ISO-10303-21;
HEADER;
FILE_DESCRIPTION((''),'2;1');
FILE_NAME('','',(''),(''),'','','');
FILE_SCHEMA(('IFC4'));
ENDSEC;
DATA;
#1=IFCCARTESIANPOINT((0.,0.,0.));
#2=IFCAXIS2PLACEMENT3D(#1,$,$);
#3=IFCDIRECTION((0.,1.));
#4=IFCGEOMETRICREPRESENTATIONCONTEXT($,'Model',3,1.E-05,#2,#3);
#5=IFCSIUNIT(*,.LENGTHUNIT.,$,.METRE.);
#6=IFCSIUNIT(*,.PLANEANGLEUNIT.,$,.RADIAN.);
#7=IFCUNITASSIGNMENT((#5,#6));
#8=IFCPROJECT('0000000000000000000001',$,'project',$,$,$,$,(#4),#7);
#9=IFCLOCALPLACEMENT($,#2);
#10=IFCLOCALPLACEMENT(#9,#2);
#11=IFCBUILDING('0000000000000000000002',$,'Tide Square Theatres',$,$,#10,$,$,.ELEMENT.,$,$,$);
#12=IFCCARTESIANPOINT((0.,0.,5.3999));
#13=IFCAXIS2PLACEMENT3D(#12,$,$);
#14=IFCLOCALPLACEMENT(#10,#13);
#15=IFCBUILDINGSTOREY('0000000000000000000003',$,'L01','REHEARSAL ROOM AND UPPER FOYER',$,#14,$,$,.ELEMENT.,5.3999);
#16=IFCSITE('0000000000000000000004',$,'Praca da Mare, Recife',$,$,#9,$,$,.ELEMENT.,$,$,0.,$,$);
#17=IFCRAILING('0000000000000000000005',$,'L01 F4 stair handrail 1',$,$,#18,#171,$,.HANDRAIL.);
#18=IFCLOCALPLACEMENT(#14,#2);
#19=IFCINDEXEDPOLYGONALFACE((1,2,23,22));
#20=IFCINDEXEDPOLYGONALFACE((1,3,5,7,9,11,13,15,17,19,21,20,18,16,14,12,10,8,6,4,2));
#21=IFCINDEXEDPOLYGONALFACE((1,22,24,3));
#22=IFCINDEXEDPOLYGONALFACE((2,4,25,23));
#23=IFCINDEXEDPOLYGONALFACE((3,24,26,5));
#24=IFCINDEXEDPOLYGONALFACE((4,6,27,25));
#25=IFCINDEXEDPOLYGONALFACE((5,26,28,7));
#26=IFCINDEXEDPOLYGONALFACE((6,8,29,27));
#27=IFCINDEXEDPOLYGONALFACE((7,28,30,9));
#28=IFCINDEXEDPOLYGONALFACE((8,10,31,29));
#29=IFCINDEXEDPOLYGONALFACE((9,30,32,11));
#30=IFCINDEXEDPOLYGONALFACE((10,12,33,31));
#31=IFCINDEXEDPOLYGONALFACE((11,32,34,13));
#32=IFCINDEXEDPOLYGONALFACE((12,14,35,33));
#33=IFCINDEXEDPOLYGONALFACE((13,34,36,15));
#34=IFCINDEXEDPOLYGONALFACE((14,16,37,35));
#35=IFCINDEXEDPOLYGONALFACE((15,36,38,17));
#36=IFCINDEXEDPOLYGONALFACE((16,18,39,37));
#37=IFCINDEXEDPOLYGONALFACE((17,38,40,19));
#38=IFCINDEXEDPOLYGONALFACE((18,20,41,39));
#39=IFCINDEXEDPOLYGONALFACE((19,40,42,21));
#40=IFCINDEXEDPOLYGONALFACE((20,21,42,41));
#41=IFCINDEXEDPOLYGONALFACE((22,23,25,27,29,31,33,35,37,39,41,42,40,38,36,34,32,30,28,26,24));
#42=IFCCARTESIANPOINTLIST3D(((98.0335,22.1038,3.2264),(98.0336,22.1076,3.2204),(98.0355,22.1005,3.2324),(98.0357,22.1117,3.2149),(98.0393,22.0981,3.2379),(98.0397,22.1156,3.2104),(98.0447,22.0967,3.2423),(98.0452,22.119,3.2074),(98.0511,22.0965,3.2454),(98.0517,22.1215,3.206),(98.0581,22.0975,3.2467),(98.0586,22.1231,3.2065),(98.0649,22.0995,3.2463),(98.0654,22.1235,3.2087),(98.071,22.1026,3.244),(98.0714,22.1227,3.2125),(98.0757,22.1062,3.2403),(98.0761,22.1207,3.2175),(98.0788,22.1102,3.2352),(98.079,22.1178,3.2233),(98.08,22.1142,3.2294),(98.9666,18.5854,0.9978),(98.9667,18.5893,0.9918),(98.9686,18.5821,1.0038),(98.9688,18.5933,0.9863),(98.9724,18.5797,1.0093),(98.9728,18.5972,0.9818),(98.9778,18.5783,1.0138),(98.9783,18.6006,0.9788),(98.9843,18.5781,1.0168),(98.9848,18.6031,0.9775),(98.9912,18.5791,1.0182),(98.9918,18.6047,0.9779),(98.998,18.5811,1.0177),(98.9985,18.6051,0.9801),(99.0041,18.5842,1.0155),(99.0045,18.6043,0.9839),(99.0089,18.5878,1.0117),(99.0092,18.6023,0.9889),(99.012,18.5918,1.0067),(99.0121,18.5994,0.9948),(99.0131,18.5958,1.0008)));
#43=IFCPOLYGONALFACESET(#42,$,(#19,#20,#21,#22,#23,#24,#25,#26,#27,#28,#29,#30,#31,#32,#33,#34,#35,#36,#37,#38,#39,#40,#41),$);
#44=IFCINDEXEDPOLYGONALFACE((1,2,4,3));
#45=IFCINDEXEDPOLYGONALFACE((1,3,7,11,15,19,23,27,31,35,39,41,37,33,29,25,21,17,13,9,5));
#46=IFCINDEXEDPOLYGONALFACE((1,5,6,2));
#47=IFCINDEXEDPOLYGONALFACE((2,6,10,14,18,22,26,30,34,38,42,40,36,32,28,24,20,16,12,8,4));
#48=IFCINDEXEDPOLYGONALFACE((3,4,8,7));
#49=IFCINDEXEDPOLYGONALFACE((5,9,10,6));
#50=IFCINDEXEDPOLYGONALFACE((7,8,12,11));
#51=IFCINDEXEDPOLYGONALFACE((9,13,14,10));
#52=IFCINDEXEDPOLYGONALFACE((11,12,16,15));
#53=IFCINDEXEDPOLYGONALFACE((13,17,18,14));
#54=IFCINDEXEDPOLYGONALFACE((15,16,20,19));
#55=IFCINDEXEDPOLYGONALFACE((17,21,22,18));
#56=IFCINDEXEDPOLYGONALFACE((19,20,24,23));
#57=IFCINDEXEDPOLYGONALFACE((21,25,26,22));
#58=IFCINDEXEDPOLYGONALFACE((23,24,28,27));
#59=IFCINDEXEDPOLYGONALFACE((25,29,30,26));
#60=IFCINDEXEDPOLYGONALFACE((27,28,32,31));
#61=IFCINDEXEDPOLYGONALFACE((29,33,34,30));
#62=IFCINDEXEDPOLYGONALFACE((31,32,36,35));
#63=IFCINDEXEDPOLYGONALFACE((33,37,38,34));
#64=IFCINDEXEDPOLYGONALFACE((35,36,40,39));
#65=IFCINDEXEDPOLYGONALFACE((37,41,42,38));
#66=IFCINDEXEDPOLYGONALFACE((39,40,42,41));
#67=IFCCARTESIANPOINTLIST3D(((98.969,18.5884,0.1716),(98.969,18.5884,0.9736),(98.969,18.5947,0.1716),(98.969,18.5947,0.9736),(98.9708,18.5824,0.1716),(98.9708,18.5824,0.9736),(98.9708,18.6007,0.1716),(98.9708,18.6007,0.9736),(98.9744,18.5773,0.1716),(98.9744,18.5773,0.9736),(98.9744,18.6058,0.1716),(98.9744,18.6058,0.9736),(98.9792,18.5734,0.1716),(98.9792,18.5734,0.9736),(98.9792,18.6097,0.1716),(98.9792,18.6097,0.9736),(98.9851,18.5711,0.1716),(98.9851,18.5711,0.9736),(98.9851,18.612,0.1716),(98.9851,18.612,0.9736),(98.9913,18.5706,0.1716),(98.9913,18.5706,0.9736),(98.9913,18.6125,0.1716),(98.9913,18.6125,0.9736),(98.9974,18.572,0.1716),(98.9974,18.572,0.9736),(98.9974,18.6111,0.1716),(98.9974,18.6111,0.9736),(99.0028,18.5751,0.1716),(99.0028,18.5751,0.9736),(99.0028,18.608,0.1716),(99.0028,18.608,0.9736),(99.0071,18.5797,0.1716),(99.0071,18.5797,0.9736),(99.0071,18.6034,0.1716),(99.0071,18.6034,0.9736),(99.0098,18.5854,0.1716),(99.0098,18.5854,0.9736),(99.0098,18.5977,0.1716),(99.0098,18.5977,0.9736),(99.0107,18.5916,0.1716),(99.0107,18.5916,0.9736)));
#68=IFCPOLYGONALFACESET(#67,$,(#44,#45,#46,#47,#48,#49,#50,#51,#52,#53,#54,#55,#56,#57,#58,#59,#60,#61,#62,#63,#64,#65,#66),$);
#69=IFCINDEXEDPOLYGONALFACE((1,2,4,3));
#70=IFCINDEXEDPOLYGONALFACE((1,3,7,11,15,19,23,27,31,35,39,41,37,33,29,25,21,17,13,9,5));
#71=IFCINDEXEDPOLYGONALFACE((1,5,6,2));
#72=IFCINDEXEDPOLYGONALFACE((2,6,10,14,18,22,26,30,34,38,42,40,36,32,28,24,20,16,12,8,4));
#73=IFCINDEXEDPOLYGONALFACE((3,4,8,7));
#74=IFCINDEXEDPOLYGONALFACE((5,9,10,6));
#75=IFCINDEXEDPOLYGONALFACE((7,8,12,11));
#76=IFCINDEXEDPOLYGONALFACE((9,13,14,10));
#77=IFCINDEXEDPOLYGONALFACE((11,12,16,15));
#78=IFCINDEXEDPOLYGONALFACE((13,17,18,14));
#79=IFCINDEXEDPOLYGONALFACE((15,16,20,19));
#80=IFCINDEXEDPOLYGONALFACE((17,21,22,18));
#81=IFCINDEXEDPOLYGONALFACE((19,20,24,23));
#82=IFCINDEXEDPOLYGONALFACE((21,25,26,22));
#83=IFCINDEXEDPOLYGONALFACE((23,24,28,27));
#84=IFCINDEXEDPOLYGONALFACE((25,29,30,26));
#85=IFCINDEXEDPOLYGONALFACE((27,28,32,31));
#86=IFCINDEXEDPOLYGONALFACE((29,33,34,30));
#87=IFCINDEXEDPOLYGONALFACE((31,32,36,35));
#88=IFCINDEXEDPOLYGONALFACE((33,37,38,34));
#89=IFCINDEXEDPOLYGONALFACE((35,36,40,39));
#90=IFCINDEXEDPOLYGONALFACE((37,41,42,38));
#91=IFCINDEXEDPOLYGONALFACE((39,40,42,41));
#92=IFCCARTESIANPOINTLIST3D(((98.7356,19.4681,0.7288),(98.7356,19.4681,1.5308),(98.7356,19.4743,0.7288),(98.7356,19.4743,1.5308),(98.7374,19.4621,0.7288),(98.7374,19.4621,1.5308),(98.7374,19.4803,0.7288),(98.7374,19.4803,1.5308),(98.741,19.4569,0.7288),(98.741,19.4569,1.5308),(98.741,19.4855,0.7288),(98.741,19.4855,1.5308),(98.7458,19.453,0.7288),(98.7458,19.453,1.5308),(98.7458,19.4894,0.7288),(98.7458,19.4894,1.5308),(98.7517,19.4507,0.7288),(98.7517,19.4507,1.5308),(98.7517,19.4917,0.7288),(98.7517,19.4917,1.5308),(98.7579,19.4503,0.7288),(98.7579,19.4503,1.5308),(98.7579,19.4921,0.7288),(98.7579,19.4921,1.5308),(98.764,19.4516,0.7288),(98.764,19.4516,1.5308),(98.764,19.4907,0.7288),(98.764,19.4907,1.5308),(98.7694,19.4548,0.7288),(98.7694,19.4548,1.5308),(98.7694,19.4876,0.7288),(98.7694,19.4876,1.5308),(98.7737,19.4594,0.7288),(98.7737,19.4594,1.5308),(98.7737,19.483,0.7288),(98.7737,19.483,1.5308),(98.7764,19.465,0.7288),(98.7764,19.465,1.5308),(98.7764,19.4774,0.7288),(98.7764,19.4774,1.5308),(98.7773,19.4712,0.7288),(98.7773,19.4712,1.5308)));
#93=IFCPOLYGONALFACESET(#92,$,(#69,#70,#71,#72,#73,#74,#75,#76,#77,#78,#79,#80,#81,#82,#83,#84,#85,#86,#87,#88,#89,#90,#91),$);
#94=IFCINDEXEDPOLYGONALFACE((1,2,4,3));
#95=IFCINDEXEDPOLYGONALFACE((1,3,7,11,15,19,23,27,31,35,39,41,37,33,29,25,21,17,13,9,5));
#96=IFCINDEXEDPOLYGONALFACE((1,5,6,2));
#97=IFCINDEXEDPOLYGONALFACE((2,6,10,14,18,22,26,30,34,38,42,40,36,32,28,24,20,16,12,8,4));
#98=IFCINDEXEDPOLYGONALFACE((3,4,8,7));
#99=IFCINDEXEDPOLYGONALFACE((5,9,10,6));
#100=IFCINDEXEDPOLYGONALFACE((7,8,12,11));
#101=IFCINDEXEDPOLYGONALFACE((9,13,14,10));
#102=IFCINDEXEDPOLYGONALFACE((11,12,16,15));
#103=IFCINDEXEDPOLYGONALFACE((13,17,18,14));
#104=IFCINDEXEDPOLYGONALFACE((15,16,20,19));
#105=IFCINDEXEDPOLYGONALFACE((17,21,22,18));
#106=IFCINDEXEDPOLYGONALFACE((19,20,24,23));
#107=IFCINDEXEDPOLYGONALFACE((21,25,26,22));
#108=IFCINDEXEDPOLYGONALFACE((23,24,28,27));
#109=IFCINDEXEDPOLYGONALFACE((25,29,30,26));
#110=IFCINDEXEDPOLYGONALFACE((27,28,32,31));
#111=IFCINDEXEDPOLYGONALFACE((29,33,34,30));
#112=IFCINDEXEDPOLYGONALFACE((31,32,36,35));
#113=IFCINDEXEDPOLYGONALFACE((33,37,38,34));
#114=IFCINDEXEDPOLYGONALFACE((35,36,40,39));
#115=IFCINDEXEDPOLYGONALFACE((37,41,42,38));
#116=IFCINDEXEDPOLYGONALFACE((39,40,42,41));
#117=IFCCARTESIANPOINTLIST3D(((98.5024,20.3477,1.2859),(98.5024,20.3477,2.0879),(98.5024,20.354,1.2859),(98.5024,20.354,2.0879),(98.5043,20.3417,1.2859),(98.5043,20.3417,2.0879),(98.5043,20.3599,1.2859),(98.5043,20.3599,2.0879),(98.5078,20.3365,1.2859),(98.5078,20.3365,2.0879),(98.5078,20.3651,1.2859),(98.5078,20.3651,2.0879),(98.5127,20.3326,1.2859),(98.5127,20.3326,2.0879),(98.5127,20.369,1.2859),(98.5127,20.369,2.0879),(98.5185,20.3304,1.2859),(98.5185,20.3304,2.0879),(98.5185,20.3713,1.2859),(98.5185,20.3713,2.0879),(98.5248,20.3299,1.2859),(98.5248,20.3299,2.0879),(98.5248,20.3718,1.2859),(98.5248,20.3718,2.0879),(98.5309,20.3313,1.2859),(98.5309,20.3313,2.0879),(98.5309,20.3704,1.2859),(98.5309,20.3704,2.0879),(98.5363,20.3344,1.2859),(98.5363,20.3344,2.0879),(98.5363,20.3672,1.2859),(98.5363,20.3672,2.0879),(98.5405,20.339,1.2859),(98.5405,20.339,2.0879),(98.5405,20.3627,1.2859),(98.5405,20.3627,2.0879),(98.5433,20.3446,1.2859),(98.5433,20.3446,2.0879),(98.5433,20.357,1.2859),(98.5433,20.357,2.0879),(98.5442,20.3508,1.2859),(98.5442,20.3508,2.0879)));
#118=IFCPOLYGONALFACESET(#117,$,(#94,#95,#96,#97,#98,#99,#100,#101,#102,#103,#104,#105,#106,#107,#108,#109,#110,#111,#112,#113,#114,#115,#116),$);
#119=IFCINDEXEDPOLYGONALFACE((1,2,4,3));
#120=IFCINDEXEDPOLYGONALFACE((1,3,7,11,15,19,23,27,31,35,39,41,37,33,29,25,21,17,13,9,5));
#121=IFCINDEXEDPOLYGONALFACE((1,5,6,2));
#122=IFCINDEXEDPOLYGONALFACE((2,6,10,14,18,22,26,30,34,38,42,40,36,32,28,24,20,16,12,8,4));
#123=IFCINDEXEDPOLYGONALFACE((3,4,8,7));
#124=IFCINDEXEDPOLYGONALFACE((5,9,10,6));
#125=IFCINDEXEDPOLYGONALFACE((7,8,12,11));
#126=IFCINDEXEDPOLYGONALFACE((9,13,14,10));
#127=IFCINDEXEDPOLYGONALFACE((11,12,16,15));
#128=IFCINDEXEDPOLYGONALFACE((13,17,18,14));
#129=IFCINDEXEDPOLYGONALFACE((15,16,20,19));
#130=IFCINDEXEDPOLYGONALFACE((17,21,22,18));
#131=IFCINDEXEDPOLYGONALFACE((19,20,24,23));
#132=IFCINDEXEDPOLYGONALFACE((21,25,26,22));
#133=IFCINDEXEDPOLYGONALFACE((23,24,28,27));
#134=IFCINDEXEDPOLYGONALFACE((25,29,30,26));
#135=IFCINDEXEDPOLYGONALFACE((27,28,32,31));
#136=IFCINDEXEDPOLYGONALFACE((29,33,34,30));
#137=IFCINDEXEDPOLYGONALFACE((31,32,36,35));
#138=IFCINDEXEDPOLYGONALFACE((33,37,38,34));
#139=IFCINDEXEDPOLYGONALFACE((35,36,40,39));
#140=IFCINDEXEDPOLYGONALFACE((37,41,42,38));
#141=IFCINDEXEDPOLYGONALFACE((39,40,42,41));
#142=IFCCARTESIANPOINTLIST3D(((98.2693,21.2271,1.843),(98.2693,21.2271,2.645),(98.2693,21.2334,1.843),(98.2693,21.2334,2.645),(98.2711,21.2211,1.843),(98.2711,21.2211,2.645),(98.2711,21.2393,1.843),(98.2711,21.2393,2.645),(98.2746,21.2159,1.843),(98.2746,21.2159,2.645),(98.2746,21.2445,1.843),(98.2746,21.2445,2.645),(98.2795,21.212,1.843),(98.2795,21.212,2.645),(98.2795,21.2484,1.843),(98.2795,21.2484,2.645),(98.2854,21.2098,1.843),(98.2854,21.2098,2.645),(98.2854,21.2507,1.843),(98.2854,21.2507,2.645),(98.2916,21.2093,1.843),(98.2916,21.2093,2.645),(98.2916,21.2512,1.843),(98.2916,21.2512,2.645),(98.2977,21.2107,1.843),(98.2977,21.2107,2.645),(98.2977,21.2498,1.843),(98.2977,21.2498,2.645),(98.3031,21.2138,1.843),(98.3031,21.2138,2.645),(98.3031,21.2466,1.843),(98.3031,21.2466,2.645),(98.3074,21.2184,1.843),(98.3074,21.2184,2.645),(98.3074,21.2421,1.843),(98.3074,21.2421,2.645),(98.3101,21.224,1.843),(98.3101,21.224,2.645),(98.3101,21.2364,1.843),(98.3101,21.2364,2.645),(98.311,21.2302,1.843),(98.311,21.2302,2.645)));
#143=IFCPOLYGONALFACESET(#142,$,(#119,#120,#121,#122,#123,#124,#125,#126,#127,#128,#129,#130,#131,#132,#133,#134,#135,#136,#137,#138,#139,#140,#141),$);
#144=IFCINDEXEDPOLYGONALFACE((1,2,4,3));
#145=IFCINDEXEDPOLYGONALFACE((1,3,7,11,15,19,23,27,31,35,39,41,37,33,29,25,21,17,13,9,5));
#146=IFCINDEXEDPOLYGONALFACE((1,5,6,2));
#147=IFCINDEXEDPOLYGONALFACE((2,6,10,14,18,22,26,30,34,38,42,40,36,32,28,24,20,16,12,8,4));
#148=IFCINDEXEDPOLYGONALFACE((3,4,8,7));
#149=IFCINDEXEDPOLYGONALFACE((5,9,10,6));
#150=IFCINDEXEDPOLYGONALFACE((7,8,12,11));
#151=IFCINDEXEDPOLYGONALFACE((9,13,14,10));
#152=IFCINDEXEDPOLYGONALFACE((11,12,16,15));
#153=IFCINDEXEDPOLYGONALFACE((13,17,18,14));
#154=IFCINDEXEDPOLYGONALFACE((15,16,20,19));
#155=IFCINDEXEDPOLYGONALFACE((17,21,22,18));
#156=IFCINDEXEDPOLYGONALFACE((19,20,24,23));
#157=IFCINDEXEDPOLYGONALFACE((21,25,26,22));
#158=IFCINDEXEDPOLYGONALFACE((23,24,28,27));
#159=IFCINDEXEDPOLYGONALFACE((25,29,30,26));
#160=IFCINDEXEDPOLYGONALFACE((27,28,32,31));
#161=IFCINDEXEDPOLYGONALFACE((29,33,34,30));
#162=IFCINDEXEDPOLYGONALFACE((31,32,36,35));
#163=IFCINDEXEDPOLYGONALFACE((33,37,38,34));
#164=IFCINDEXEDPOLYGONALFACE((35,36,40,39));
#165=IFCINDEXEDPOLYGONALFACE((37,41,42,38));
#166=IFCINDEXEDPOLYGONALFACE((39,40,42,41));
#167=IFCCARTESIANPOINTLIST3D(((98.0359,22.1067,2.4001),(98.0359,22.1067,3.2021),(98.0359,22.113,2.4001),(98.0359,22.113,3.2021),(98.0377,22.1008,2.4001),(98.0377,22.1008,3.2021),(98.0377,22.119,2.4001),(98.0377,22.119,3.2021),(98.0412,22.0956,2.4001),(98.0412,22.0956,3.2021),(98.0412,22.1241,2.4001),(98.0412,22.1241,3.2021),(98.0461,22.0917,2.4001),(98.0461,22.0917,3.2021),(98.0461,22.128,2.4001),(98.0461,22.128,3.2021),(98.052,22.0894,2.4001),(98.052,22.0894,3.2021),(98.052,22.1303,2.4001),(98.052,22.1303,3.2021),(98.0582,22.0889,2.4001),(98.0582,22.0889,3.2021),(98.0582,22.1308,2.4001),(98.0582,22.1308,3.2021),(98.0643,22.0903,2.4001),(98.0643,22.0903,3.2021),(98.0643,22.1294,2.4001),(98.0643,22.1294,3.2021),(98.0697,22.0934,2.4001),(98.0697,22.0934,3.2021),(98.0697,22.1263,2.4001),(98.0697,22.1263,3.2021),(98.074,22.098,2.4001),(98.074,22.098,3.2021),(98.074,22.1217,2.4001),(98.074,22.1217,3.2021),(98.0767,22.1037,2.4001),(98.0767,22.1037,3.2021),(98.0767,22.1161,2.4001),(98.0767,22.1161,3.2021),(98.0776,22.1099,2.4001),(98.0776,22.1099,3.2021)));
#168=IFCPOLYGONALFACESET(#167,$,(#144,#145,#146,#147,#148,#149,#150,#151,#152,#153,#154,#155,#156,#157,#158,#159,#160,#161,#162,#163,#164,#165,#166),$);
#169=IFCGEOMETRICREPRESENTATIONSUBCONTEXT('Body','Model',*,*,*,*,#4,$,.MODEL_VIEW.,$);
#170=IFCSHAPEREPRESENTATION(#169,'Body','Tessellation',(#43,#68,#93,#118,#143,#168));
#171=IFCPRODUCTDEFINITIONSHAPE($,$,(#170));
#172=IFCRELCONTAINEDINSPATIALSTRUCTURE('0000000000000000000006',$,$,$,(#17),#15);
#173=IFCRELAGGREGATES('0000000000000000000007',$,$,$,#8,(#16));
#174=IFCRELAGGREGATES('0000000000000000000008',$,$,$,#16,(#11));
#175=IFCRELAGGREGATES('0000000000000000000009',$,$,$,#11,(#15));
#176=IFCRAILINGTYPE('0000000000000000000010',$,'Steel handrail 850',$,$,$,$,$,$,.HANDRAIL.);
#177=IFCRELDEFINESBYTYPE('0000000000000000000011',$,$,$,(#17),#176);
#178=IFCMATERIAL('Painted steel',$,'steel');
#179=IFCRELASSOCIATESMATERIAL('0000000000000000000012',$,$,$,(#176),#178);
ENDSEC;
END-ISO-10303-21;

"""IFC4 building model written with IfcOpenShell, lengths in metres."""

from ifc_helpers import new_model, si_unit, direction, frame, origin, origin_2d, place, context, subcontext, project, spatial, circle, extrude, material, type_object, element, save


model = new_model("IFC4")

# Units and contexts
model_context = context("Model", 3, precision=1e-05, world=origin(), true_north=direction((0.0, 1.0)))
body_context = subcontext(model_context, "Body", "Model", "MODEL_VIEW")
ifc_project = project(units=[si_unit("LENGTHUNIT", "METRE"), si_unit("PLANEANGLEUNIT", "RADIAN")], contexts=[model_context])

# Site, building, storey
site_placement = place(None, origin())
site = spatial("IfcSite", under=ifc_project, at=site_placement, Name="Praca da Mare, Recife", CompositionType="ELEMENT", RefElevation=0.0)
building_placement = place(site_placement, origin())
building = spatial("IfcBuilding", under=site, at=building_placement, Name="Tide Square Theatres", CompositionType="ELEMENT")
storey_placement = place(building_placement, frame((0.0, 0.0, 5.3999)))
storey = spatial("IfcBuildingStorey", under=building, at=storey_placement, Name="L01", Description="REHEARSAL ROOM AND UPPER FOYER", CompositionType="ELEMENT", Elevation=5.3999)

# Railing
ifc_material_1 = material(Name="Painted steel", Category="steel")
railing_type_1 = type_object("IfcRailingType", Name="Steel handrail 850", PredefinedType="HANDRAIL", material=ifc_material_1)
for number, where, name in (
    (1, (98.9897, 18.5916, 0.1716), "L01 F4 stair handrail 1"),
):
    element("IfcRailing", number, at=place(storey_placement, frame(where)), inside=storey, type_object=railing_type_1, Name=name, PredefinedType="HANDRAIL", context=body_context, shape_type="SweptSolid", body=[
        extrude(circle(Radius=0.0239, at=origin_2d()), frame((0.0, 0.0, 0.8262), z_axis=(-0.21863, 0.824354, 0.52215), x_axis=(-0.966584, -0.256352, 0.0)), (0.0, 0.0, 1.0), 4.2681),
        extrude(circle(Radius=0.021, at=origin_2d()), origin(), (0.0, 0.0, 1.0), 0.802),
        extrude(circle(Radius=0.021, at=origin_2d()), frame((-0.2334, 0.8796, 0.5571)), (0.0, 0.0, 1.0), 0.802),
        extrude(circle(Radius=0.021, at=origin_2d()), frame((-0.4666, 1.7593, 1.1143)), (0.0, 0.0, 1.0), 0.802),
        extrude(circle(Radius=0.021, at=origin_2d()), frame((-0.6997, 2.6387, 1.6714)), (0.0, 0.0, 1.0), 0.802),
        extrude(circle(Radius=0.021, at=origin_2d()), frame((-0.9331, 3.5183, 2.2285)), (0.0, 0.0, 1.0), 0.802),
    ])

save(model, "model.ifc")
